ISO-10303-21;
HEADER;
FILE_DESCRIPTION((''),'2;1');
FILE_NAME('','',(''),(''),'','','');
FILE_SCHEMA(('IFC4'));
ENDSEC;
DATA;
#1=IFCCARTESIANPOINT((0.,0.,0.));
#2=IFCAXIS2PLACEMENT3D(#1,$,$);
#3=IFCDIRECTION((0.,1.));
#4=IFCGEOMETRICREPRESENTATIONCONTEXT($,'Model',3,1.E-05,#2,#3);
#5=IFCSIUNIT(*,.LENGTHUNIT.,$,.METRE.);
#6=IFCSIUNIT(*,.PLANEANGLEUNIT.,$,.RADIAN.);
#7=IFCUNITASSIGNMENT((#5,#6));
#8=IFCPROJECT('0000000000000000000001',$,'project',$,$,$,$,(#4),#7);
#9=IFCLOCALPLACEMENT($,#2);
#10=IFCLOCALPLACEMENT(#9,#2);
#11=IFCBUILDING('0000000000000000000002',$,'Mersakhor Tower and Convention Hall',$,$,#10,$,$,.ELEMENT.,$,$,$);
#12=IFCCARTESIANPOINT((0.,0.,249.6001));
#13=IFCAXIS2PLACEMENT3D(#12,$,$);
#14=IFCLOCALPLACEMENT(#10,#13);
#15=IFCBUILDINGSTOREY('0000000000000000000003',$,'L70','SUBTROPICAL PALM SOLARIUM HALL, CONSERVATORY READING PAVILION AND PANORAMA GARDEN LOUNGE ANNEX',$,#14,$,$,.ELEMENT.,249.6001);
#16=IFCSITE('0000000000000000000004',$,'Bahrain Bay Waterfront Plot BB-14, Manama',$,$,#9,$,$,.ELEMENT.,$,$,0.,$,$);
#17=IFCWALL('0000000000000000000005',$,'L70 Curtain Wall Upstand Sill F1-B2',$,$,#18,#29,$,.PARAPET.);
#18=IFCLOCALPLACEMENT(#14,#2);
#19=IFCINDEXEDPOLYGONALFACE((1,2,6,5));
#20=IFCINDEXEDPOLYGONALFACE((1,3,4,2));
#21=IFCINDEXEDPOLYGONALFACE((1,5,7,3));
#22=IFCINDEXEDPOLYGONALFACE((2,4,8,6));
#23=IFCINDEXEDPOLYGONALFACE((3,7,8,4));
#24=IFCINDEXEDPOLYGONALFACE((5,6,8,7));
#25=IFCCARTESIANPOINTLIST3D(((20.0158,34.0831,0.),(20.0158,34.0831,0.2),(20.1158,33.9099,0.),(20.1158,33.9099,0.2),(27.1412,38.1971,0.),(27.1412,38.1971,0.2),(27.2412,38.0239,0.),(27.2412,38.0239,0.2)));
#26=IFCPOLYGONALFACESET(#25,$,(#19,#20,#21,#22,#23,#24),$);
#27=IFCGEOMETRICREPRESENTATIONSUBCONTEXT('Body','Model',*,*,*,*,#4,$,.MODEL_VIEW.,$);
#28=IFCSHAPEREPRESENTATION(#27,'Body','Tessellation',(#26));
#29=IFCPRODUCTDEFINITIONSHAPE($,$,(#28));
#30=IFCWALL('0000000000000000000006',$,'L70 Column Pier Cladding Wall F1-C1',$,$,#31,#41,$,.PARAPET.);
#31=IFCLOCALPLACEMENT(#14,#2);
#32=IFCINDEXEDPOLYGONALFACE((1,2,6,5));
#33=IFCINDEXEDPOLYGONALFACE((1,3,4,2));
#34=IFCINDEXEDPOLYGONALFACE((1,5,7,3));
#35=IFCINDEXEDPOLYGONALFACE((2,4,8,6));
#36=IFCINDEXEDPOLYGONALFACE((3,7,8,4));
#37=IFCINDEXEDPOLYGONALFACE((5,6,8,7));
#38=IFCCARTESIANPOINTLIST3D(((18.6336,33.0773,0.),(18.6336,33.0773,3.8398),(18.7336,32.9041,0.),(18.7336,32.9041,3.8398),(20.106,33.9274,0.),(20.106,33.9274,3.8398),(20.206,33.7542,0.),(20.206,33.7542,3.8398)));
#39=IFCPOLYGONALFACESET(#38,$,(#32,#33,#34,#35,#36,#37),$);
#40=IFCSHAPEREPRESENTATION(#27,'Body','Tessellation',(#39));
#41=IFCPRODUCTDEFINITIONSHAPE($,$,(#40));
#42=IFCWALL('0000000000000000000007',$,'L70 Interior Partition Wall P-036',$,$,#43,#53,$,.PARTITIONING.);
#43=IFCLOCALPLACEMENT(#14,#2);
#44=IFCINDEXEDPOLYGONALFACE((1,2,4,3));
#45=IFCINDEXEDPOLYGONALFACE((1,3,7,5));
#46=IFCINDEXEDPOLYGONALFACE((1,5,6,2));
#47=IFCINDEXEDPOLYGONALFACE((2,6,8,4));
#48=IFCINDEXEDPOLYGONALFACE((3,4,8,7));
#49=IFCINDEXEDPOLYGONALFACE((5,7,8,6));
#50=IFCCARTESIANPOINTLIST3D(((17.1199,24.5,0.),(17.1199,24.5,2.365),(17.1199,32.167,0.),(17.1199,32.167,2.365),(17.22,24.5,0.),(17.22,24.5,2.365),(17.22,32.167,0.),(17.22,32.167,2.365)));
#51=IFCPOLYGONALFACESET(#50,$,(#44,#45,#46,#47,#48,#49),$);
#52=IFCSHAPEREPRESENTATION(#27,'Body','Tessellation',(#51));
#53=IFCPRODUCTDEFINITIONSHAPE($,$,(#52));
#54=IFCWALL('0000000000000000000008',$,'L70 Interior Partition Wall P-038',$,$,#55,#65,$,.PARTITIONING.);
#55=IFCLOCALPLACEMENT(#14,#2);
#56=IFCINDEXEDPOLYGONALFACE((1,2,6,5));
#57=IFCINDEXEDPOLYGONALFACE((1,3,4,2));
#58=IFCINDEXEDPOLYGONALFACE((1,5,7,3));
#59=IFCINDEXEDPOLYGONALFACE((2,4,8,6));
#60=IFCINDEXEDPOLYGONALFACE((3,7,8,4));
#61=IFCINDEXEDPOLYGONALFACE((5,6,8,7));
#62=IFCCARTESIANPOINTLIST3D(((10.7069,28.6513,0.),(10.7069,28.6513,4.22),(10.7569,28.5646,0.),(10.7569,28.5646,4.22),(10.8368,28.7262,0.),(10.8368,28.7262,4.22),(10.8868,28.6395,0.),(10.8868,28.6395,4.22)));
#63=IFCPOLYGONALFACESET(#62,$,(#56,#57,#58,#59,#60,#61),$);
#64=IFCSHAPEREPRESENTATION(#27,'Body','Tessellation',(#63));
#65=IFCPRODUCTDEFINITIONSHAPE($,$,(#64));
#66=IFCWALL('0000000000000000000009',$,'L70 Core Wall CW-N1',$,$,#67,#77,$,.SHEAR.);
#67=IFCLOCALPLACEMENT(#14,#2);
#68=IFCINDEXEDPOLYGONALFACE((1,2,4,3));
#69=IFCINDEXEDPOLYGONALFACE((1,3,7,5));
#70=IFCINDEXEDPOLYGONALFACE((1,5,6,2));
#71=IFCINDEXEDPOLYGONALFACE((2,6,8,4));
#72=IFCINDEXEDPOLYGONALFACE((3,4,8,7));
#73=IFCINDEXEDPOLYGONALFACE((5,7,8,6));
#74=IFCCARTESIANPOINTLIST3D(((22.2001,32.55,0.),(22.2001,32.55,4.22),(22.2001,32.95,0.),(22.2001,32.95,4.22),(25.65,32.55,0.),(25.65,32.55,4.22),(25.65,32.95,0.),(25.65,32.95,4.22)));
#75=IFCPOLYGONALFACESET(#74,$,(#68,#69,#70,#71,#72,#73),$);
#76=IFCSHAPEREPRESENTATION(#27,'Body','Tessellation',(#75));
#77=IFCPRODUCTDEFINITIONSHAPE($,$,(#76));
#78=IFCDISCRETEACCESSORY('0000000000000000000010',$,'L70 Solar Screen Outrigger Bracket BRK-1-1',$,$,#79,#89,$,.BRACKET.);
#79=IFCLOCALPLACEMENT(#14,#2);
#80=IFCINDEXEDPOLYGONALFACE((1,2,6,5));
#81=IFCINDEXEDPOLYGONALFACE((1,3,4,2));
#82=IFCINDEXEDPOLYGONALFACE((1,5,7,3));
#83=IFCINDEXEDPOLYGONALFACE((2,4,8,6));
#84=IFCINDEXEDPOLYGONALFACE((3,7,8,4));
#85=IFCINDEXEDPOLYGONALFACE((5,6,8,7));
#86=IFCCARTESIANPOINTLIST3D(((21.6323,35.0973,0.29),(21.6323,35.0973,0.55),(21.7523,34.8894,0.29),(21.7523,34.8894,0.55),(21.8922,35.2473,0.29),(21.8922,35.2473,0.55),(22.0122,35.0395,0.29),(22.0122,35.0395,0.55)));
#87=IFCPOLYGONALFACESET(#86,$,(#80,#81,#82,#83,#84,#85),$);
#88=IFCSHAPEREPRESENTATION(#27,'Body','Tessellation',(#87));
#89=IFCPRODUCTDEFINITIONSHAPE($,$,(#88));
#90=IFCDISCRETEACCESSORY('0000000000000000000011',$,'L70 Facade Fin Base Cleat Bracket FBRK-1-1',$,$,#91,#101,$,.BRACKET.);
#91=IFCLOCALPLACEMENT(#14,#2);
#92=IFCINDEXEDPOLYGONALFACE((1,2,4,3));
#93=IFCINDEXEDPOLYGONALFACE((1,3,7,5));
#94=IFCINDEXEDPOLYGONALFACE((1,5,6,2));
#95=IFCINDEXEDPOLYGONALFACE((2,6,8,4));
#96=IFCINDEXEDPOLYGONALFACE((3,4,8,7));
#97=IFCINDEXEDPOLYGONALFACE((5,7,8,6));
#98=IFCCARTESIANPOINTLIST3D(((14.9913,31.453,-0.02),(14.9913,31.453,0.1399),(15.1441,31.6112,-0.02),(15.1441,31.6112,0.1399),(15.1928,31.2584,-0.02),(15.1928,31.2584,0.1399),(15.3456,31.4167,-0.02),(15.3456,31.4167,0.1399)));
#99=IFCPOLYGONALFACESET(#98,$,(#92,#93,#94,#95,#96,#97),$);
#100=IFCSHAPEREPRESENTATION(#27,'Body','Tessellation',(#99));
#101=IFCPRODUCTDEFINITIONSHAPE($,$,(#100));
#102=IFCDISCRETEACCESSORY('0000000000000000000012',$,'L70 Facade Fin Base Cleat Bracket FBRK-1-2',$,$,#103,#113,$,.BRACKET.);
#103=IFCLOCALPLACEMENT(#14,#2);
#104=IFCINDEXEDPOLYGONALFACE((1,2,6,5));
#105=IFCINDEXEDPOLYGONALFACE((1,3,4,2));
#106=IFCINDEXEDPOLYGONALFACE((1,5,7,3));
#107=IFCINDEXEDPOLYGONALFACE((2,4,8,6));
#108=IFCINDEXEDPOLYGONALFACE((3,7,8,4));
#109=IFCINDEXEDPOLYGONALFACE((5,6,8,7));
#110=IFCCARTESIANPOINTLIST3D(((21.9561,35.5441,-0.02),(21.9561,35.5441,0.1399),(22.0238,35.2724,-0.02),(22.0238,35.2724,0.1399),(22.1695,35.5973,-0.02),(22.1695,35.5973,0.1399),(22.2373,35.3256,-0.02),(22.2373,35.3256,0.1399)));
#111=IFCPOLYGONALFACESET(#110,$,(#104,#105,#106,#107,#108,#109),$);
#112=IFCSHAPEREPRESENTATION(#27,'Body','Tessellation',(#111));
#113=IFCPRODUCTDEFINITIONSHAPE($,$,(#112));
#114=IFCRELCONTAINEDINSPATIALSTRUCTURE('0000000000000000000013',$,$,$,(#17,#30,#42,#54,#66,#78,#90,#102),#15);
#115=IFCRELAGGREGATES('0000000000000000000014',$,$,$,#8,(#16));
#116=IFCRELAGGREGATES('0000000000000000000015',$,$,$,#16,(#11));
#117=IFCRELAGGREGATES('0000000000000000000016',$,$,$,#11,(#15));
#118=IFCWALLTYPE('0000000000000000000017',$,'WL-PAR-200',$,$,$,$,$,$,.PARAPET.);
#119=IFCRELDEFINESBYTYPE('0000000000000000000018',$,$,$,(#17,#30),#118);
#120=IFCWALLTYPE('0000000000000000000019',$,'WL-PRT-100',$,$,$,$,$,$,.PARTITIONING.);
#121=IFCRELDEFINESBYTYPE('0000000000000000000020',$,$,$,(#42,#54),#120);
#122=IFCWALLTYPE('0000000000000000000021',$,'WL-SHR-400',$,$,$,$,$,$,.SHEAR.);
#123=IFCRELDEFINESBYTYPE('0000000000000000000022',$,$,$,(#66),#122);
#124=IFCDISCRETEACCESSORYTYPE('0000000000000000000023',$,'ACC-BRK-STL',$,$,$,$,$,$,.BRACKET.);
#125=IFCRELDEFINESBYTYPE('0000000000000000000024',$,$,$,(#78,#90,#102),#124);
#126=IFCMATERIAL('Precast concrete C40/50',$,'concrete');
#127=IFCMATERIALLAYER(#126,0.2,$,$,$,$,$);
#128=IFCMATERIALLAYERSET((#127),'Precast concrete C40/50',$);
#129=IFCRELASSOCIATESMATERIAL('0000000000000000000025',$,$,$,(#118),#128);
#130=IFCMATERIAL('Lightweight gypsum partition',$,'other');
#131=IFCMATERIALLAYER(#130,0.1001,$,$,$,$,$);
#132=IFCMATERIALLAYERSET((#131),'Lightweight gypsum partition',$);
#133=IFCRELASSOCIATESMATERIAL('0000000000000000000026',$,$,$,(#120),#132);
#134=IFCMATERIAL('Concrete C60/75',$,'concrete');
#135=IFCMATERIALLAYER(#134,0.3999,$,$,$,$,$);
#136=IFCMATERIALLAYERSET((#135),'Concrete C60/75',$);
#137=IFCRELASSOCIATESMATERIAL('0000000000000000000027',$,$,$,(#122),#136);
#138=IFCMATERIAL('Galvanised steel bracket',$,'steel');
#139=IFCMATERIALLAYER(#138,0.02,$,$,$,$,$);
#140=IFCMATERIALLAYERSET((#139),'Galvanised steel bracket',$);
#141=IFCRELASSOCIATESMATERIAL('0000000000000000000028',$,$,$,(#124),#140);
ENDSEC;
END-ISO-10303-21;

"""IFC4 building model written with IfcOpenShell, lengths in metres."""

from ifc_helpers import new_model, si_unit, direction, frame, frame_2d, origin, origin_2d, place, context, subcontext, project, spatial, rectangle, extrude, material, layer, layer_set, type_object, element, save


model = new_model("IFC4")

# Units and contexts
model_context = context("Model", 3, precision=1e-05, world=origin(), true_north=direction((0.0, 1.0)))
body_context = subcontext(model_context, "Body", "Model", "MODEL_VIEW")
ifc_project = project(units=[si_unit("LENGTHUNIT", "METRE"), si_unit("PLANEANGLEUNIT", "RADIAN")], contexts=[model_context])

# Site, building, storey
site_placement = place(None, origin())
site = spatial("IfcSite", under=ifc_project, at=site_placement, Name="Bahrain Bay Waterfront Plot BB-14, Manama", CompositionType="ELEMENT", RefElevation=0.0)
building_placement = place(site_placement, origin())
building = spatial("IfcBuilding", under=site, at=building_placement, Name="Mersakhor Tower and Convention Hall", CompositionType="ELEMENT")
storey_placement = place(building_placement, frame((0.0, 0.0, 249.6001)))
storey = spatial("IfcBuildingStorey", under=building, at=storey_placement, Name="L70", Description="SUBTROPICAL PALM SOLARIUM HALL, CONSERVATORY READING PAVILION AND PANORAMA GARDEN LOUNGE ANNEX", CompositionType="ELEMENT", Elevation=249.6001)

# Walls
ifc_material_1 = material(Name="Precast concrete C40/50", Category="concrete")
ifc_layer_1 = layer(ifc_material_1, 0.2)
ifc_layer_set_1 = layer_set([ifc_layer_1], Name="Precast concrete C40/50")
wall_type_1 = type_object("IfcWallType", Name="WL-PAR-200", PredefinedType="PARAPET", material=ifc_layer_set_1)
wall_1_placement = place(storey_placement, frame((20.0659, 33.9966, 0.0), z_axis=(0.0, 0.0, 1.0), x_axis=(0.86602, 0.50001, 0.0)))
element("IfcWall", 1, at=wall_1_placement, inside=storey, type_object=wall_type_1, Name="L70 Curtain Wall Upstand Sill F1-B2", PredefinedType="PARAPET", context=body_context, shape_type="SweptSolid", body=[
    extrude(rectangle(XDim=8.2278, YDim=0.2, at=frame_2d((4.1138, 0.0))), origin(), (0.0, 0.0, 1.0), 0.2),
])
wall_2_placement = place(storey_placement, frame((18.6836, 32.9907, 0.0), z_axis=(0.0, 0.0, 1.0), x_axis=(0.866025, 0.5, 0.0)))
element("IfcWall", 2, at=wall_2_placement, inside=storey, type_object=wall_type_1, Name="L70 Column Pier Cladding Wall F1-C1", PredefinedType="PARAPET", context=body_context, shape_type="SweptSolid", body=[
    extrude(rectangle(XDim=1.7002, YDim=0.2, at=frame_2d((0.8501, 0.0))), origin(), (0.0, 0.0, 1.0), 3.8398),
])
ifc_material_2 = material(Name="Lightweight gypsum partition", Category="other")
ifc_layer_2 = layer(ifc_material_2, 0.1001)
ifc_layer_set_2 = layer_set([ifc_layer_2], Name="Lightweight gypsum partition")
wall_type_2 = type_object("IfcWallType", Name="WL-PRT-100", PredefinedType="PARTITIONING", material=ifc_layer_set_2)
wall_3_placement = place(storey_placement, frame((17.1699, 32.167, 0.0), z_axis=(0.0, 0.0, 1.0), x_axis=(0.0, -1.0, 0.0)))
element("IfcWall", 3, at=wall_3_placement, inside=storey, type_object=wall_type_2, Name="L70 Interior Partition Wall P-036", PredefinedType="PARTITIONING", context=body_context, shape_type="SweptSolid", body=[
    extrude(rectangle(XDim=7.667, YDim=0.1001, at=frame_2d((3.8335, 0.0))), origin(), (0.0, 0.0, 1.0), 2.365),
])
wall_4_placement = place(storey_placement, frame((10.7319, 28.6079, 0.0), z_axis=(0.0, 0.0, 1.0), x_axis=(0.866131, 0.499816, 0.0)))
element("IfcWall", 4, at=wall_4_placement, inside=storey, type_object=wall_type_2, Name="L70 Interior Partition Wall P-038", PredefinedType="PARTITIONING", context=body_context, shape_type="SweptSolid", body=[
    extrude(rectangle(XDim=0.1499, YDim=0.1001, at=frame_2d((0.075, 0.0))), origin(), (0.0, 0.0, 1.0), 4.22),
])
ifc_material_3 = material(Name="Concrete C60/75", Category="concrete")
ifc_layer_3 = layer(ifc_material_3, 0.3999)
ifc_layer_set_3 = layer_set([ifc_layer_3], Name="Concrete C60/75")
wall_type_3 = type_object("IfcWallType", Name="WL-SHR-400", PredefinedType="SHEAR", material=ifc_layer_set_3)
wall_5_placement = place(storey_placement, frame((22.2, 32.75, 0.0), z_axis=(0.0, 0.0, 1.0), x_axis=(1.0, 0.0, 0.0)))
element("IfcWall", 5, at=wall_5_placement, inside=storey, type_object=wall_type_3, Name="L70 Core Wall CW-N1", PredefinedType="SHEAR", context=body_context, shape_type="SweptSolid", body=[
    extrude(rectangle(XDim=3.45, YDim=0.3999, at=frame_2d((1.7251, 0.0))), origin(), (0.0, 0.0, 1.0), 4.22),
])

# Discrete accessories
ifc_material_4 = material(Name="Galvanised steel bracket", Category="steel")
ifc_layer_4 = layer(ifc_material_4, 0.02)
ifc_layer_set_4 = layer_set([ifc_layer_4], Name="Galvanised steel bracket")
discrete_accessory_type = type_object("IfcDiscreteAccessoryType", Name="ACC-BRK-STL", PredefinedType="BRACKET", material=ifc_layer_set_4)
discrete_accessory_placement = place(storey_placement, frame((21.8223, 35.0684, 0.29), z_axis=(0.0, 0.0, 1.0), x_axis=(0.866025, 0.5, 0.0)))
element("IfcDiscreteAccessory", 6, at=discrete_accessory_placement, inside=storey, type_object=discrete_accessory_type, Name="L70 Solar Screen Outrigger Bracket BRK-1-1", PredefinedType="BRACKET", context=body_context, shape_type="SweptSolid", body=[
    extrude(rectangle(XDim=0.3, YDim=0.24, at=origin_2d()), origin(), (0.0, 0.0, 1.0), 0.26),
])
for number, where, z_axis, x_axis, name in (
    (7, (15.1685, 31.4348, -0.02), (0.0, 0.0, 1.0), (-0.71934, 0.694658, 0.0), "L70 Facade Fin Base Cleat Bracket FBRK-1-1"),
    (8, (22.0967, 35.4348, -0.02), (0.0, 0.0, 1.0), (-0.241922, 0.970296, 0.0), "L70 Facade Fin Base Cleat Bracket FBRK-1-2"),
):
    element("IfcDiscreteAccessory", number, at=place(storey_placement, frame(where, z_axis=z_axis, x_axis=x_axis)), inside=storey, type_object=discrete_accessory_type, Name=name, PredefinedType="BRACKET", context=body_context, shape_type="SweptSolid", body=[
        extrude(rectangle(XDim=0.28, YDim=0.22, at=origin_2d()), origin(), (0.0, 0.0, 1.0), 0.1599),
    ])

save(model, "model.ifc")
